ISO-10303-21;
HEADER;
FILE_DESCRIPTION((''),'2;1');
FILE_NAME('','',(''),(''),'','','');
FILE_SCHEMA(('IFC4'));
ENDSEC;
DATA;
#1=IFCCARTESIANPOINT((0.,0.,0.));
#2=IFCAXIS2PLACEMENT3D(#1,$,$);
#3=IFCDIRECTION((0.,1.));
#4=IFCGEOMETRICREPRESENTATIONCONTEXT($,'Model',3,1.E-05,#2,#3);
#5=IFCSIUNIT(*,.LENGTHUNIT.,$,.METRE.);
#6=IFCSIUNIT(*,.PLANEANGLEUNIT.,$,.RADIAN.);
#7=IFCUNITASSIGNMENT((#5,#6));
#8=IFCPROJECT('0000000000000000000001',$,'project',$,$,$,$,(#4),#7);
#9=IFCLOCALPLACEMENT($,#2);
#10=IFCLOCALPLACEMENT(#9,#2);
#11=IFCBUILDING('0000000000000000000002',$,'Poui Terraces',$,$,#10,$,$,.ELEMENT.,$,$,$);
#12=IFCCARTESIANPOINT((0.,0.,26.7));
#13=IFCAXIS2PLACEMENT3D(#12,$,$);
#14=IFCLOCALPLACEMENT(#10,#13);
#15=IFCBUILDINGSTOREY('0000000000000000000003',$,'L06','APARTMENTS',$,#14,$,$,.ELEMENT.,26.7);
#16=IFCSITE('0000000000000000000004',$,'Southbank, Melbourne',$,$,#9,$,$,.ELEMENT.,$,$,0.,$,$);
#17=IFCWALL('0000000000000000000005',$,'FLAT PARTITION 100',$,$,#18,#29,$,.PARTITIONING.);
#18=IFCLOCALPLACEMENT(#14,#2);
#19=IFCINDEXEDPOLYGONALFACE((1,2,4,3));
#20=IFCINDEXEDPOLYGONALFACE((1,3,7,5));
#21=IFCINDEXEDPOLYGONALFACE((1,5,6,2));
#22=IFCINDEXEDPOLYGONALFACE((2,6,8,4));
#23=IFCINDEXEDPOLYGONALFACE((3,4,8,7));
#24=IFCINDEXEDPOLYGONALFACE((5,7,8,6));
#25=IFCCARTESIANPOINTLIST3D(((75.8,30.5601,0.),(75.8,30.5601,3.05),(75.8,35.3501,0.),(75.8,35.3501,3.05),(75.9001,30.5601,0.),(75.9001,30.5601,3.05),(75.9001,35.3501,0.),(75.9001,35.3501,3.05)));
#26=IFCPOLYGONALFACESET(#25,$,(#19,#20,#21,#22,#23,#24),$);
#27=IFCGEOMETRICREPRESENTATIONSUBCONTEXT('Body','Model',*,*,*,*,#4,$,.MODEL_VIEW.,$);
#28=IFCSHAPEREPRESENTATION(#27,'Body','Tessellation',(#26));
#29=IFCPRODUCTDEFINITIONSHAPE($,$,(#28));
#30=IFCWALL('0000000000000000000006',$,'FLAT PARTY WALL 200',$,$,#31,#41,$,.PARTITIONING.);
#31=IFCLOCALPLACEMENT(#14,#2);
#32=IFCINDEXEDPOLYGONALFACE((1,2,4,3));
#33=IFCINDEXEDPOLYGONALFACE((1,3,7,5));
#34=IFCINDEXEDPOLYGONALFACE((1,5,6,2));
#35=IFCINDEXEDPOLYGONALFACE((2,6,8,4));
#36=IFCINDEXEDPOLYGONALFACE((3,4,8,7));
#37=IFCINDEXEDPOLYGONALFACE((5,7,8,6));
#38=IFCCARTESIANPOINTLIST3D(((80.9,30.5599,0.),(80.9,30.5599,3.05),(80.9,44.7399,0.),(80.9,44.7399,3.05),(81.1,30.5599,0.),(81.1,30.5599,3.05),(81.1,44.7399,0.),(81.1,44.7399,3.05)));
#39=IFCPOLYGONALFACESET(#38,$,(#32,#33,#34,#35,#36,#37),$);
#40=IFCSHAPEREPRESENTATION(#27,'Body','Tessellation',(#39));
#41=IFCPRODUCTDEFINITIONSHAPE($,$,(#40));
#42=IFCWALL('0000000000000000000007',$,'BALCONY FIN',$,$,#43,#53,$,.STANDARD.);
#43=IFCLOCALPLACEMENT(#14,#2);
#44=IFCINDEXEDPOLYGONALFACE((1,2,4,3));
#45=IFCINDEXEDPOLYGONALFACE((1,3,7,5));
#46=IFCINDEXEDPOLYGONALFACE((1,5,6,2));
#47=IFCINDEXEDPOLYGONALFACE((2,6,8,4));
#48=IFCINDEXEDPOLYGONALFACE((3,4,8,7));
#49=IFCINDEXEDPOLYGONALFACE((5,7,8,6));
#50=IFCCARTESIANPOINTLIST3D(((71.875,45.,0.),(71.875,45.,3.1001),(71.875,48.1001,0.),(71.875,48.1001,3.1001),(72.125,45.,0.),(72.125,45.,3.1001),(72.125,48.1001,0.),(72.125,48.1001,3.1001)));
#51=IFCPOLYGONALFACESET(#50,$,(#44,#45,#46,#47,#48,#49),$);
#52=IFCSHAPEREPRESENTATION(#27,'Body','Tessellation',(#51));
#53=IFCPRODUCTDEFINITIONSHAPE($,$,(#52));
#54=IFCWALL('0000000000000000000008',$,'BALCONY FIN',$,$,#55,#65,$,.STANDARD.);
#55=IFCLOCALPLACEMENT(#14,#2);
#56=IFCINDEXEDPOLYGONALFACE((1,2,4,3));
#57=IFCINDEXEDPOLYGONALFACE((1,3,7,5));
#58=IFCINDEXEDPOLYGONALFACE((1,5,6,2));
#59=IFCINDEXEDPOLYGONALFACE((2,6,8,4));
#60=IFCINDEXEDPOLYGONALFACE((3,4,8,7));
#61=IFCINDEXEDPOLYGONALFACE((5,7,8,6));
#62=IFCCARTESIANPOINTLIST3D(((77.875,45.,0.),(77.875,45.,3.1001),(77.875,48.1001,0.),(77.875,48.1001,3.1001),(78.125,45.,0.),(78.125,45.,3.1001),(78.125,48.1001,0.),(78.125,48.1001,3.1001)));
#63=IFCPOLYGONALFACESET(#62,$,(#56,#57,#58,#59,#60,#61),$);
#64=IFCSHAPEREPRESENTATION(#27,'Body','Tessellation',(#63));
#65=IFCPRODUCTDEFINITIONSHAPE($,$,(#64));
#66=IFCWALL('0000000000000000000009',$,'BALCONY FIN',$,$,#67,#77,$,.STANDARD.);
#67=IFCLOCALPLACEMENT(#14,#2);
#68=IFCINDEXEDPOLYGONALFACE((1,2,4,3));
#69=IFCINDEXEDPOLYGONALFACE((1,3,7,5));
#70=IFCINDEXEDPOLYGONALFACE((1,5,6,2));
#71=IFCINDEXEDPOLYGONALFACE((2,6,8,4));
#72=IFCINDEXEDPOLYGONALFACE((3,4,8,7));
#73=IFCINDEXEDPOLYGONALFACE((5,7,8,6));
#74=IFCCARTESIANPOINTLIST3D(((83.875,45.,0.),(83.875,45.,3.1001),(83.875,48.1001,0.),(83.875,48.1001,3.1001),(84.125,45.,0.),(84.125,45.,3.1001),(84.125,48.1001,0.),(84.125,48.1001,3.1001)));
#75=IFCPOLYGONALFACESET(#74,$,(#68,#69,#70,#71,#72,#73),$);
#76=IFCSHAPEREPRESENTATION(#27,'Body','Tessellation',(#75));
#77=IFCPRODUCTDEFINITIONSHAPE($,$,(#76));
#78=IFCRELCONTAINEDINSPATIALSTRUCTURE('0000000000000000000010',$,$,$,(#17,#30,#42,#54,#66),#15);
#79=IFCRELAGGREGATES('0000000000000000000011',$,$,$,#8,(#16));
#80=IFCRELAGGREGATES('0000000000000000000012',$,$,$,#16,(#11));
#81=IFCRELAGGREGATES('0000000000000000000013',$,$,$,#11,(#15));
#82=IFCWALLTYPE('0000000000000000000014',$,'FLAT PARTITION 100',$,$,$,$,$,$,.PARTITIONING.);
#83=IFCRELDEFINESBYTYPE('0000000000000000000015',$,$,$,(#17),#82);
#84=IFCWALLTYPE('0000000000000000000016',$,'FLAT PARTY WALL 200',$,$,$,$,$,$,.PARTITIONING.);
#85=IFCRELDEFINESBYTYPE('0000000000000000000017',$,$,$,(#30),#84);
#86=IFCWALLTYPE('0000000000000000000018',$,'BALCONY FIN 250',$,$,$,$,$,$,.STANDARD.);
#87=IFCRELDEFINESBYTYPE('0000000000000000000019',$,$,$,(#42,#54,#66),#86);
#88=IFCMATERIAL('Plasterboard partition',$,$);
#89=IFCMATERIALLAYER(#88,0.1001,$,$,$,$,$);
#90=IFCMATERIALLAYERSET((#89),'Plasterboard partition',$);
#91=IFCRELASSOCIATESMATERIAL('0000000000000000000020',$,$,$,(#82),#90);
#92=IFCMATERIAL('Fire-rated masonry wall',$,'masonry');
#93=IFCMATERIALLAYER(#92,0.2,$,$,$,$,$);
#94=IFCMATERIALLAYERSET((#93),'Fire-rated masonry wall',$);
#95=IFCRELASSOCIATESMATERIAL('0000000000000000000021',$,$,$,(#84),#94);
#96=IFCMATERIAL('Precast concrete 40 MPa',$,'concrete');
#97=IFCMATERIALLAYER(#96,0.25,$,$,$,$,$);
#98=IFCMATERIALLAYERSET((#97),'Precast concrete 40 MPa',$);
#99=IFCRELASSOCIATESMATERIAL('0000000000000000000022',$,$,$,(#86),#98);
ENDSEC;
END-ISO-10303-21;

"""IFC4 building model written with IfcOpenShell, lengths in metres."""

from ifc_helpers import new_model, si_unit, direction, frame, frame_2d, origin, place, context, subcontext, project, spatial, polyline, rectangle, outline, extrude, source, transform, mapped, material, layer, layer_set, type_object, element, save


model = new_model("IFC4")

# Units and contexts
model_context = context("Model", 3, precision=1e-05, world=origin(), true_north=direction((0.0, 1.0)))
body_context = subcontext(model_context, "Body", "Model", "MODEL_VIEW")
ifc_project = project(units=[si_unit("LENGTHUNIT", "METRE"), si_unit("PLANEANGLEUNIT", "RADIAN")], contexts=[model_context])

# Site, building, storey
site_placement = place(None, origin())
site = spatial("IfcSite", under=ifc_project, at=site_placement, Name="Southbank, Melbourne", CompositionType="ELEMENT", RefElevation=0.0)
building_placement = place(site_placement, origin())
building = spatial("IfcBuilding", under=site, at=building_placement, Name="Poui Terraces", CompositionType="ELEMENT")
storey_placement = place(building_placement, frame((0.0, 0.0, 26.7)))
storey = spatial("IfcBuildingStorey", under=building, at=storey_placement, Name="L06", Description="APARTMENTS", CompositionType="ELEMENT", Elevation=26.7)

# Shared definitions
ifc_material_1 = material(Name="Plasterboard partition")
ifc_layer_1 = layer(ifc_material_1, 0.1001)
ifc_layer_set_1 = layer_set([ifc_layer_1], Name="Plasterboard partition")
wall_type_1 = type_object("IfcWallType", Name="FLAT PARTITION 100", PredefinedType="PARTITIONING", material=ifc_layer_set_1)

# Walls
for number, where, z_axis, x_axis, name in (
    (1, (75.8501, 30.5601, 0.0), (0.0, 0.0, 1.0), (0.0, 1.0, 0.0), "FLAT PARTITION 100"),
):
    element("IfcWall", number, at=place(storey_placement, frame(where, z_axis=z_axis, x_axis=x_axis)), inside=storey, type_object=wall_type_1, Name=name, PredefinedType="PARTITIONING", context=body_context, shape_type="SweptSolid", body=[
        extrude(rectangle(XDim=4.79, YDim=0.1001, at=frame_2d((2.395, 0.0))), origin(), (0.0, 0.0, 1.0), 3.05),
    ])
ifc_material_2 = material(Name="Fire-rated masonry wall", Category="masonry")
ifc_layer_2 = layer(ifc_material_2, 0.2)
ifc_layer_set_2 = layer_set([ifc_layer_2], Name="Fire-rated masonry wall")
wall_type_2 = type_object("IfcWallType", Name="FLAT PARTY WALL 200", PredefinedType="PARTITIONING", material=ifc_layer_set_2)
wall_1_placement = place(storey_placement, frame((81.0, 30.5601, 0.0), z_axis=(0.0, 0.0, 1.0), x_axis=(0.0, 1.0, 0.0)))
element("IfcWall", 2, at=wall_1_placement, inside=storey, type_object=wall_type_2, Name="FLAT PARTY WALL 200", PredefinedType="PARTITIONING", context=body_context, shape_type="SweptSolid", body=[
    extrude(rectangle(XDim=14.1799, YDim=0.2, at=frame_2d((7.0898, 0.0))), origin(), (0.0, 0.0, 1.0), 3.05),
])
ifc_material_3 = material(Name="Precast concrete 40 MPa", Category="concrete")
ifc_layer_3 = layer(ifc_material_3, 0.25)
ifc_layer_set_3 = layer_set([ifc_layer_3], Name="Precast concrete 40 MPa")
wall_type_3 = type_object("IfcWallType", Name="BALCONY FIN 250", PredefinedType="STANDARD", material=ifc_layer_set_3)
shared_shape_1 = source(origin(), body_context, "Body", "SweptSolid", [
    extrude(outline(polyline([(0.0, 0.0), (0.25, 0.0), (0.25, 3.1001), (0.0, 3.1001), (0.0, 0.0)])), origin(), (0.0, 0.0, 1.0), 3.1001),
])
for number, where, name in (
    (3, (71.875, 45.0, 0.0), "BALCONY FIN"),
    (4, (77.875, 45.0, 0.0), "BALCONY FIN"),
    (5, (83.875, 45.0, 0.0), "BALCONY FIN"),
):
    element("IfcWall", number, at=place(storey_placement, frame(where)), inside=storey, type_object=wall_type_3, Name=name, PredefinedType="STANDARD", context=body_context, shape_type="MappedRepresentation", body=[
        mapped(shared_shape_1, transform((0.0, 0.0, 0.0))),
    ])

save(model, "model.ifc")
